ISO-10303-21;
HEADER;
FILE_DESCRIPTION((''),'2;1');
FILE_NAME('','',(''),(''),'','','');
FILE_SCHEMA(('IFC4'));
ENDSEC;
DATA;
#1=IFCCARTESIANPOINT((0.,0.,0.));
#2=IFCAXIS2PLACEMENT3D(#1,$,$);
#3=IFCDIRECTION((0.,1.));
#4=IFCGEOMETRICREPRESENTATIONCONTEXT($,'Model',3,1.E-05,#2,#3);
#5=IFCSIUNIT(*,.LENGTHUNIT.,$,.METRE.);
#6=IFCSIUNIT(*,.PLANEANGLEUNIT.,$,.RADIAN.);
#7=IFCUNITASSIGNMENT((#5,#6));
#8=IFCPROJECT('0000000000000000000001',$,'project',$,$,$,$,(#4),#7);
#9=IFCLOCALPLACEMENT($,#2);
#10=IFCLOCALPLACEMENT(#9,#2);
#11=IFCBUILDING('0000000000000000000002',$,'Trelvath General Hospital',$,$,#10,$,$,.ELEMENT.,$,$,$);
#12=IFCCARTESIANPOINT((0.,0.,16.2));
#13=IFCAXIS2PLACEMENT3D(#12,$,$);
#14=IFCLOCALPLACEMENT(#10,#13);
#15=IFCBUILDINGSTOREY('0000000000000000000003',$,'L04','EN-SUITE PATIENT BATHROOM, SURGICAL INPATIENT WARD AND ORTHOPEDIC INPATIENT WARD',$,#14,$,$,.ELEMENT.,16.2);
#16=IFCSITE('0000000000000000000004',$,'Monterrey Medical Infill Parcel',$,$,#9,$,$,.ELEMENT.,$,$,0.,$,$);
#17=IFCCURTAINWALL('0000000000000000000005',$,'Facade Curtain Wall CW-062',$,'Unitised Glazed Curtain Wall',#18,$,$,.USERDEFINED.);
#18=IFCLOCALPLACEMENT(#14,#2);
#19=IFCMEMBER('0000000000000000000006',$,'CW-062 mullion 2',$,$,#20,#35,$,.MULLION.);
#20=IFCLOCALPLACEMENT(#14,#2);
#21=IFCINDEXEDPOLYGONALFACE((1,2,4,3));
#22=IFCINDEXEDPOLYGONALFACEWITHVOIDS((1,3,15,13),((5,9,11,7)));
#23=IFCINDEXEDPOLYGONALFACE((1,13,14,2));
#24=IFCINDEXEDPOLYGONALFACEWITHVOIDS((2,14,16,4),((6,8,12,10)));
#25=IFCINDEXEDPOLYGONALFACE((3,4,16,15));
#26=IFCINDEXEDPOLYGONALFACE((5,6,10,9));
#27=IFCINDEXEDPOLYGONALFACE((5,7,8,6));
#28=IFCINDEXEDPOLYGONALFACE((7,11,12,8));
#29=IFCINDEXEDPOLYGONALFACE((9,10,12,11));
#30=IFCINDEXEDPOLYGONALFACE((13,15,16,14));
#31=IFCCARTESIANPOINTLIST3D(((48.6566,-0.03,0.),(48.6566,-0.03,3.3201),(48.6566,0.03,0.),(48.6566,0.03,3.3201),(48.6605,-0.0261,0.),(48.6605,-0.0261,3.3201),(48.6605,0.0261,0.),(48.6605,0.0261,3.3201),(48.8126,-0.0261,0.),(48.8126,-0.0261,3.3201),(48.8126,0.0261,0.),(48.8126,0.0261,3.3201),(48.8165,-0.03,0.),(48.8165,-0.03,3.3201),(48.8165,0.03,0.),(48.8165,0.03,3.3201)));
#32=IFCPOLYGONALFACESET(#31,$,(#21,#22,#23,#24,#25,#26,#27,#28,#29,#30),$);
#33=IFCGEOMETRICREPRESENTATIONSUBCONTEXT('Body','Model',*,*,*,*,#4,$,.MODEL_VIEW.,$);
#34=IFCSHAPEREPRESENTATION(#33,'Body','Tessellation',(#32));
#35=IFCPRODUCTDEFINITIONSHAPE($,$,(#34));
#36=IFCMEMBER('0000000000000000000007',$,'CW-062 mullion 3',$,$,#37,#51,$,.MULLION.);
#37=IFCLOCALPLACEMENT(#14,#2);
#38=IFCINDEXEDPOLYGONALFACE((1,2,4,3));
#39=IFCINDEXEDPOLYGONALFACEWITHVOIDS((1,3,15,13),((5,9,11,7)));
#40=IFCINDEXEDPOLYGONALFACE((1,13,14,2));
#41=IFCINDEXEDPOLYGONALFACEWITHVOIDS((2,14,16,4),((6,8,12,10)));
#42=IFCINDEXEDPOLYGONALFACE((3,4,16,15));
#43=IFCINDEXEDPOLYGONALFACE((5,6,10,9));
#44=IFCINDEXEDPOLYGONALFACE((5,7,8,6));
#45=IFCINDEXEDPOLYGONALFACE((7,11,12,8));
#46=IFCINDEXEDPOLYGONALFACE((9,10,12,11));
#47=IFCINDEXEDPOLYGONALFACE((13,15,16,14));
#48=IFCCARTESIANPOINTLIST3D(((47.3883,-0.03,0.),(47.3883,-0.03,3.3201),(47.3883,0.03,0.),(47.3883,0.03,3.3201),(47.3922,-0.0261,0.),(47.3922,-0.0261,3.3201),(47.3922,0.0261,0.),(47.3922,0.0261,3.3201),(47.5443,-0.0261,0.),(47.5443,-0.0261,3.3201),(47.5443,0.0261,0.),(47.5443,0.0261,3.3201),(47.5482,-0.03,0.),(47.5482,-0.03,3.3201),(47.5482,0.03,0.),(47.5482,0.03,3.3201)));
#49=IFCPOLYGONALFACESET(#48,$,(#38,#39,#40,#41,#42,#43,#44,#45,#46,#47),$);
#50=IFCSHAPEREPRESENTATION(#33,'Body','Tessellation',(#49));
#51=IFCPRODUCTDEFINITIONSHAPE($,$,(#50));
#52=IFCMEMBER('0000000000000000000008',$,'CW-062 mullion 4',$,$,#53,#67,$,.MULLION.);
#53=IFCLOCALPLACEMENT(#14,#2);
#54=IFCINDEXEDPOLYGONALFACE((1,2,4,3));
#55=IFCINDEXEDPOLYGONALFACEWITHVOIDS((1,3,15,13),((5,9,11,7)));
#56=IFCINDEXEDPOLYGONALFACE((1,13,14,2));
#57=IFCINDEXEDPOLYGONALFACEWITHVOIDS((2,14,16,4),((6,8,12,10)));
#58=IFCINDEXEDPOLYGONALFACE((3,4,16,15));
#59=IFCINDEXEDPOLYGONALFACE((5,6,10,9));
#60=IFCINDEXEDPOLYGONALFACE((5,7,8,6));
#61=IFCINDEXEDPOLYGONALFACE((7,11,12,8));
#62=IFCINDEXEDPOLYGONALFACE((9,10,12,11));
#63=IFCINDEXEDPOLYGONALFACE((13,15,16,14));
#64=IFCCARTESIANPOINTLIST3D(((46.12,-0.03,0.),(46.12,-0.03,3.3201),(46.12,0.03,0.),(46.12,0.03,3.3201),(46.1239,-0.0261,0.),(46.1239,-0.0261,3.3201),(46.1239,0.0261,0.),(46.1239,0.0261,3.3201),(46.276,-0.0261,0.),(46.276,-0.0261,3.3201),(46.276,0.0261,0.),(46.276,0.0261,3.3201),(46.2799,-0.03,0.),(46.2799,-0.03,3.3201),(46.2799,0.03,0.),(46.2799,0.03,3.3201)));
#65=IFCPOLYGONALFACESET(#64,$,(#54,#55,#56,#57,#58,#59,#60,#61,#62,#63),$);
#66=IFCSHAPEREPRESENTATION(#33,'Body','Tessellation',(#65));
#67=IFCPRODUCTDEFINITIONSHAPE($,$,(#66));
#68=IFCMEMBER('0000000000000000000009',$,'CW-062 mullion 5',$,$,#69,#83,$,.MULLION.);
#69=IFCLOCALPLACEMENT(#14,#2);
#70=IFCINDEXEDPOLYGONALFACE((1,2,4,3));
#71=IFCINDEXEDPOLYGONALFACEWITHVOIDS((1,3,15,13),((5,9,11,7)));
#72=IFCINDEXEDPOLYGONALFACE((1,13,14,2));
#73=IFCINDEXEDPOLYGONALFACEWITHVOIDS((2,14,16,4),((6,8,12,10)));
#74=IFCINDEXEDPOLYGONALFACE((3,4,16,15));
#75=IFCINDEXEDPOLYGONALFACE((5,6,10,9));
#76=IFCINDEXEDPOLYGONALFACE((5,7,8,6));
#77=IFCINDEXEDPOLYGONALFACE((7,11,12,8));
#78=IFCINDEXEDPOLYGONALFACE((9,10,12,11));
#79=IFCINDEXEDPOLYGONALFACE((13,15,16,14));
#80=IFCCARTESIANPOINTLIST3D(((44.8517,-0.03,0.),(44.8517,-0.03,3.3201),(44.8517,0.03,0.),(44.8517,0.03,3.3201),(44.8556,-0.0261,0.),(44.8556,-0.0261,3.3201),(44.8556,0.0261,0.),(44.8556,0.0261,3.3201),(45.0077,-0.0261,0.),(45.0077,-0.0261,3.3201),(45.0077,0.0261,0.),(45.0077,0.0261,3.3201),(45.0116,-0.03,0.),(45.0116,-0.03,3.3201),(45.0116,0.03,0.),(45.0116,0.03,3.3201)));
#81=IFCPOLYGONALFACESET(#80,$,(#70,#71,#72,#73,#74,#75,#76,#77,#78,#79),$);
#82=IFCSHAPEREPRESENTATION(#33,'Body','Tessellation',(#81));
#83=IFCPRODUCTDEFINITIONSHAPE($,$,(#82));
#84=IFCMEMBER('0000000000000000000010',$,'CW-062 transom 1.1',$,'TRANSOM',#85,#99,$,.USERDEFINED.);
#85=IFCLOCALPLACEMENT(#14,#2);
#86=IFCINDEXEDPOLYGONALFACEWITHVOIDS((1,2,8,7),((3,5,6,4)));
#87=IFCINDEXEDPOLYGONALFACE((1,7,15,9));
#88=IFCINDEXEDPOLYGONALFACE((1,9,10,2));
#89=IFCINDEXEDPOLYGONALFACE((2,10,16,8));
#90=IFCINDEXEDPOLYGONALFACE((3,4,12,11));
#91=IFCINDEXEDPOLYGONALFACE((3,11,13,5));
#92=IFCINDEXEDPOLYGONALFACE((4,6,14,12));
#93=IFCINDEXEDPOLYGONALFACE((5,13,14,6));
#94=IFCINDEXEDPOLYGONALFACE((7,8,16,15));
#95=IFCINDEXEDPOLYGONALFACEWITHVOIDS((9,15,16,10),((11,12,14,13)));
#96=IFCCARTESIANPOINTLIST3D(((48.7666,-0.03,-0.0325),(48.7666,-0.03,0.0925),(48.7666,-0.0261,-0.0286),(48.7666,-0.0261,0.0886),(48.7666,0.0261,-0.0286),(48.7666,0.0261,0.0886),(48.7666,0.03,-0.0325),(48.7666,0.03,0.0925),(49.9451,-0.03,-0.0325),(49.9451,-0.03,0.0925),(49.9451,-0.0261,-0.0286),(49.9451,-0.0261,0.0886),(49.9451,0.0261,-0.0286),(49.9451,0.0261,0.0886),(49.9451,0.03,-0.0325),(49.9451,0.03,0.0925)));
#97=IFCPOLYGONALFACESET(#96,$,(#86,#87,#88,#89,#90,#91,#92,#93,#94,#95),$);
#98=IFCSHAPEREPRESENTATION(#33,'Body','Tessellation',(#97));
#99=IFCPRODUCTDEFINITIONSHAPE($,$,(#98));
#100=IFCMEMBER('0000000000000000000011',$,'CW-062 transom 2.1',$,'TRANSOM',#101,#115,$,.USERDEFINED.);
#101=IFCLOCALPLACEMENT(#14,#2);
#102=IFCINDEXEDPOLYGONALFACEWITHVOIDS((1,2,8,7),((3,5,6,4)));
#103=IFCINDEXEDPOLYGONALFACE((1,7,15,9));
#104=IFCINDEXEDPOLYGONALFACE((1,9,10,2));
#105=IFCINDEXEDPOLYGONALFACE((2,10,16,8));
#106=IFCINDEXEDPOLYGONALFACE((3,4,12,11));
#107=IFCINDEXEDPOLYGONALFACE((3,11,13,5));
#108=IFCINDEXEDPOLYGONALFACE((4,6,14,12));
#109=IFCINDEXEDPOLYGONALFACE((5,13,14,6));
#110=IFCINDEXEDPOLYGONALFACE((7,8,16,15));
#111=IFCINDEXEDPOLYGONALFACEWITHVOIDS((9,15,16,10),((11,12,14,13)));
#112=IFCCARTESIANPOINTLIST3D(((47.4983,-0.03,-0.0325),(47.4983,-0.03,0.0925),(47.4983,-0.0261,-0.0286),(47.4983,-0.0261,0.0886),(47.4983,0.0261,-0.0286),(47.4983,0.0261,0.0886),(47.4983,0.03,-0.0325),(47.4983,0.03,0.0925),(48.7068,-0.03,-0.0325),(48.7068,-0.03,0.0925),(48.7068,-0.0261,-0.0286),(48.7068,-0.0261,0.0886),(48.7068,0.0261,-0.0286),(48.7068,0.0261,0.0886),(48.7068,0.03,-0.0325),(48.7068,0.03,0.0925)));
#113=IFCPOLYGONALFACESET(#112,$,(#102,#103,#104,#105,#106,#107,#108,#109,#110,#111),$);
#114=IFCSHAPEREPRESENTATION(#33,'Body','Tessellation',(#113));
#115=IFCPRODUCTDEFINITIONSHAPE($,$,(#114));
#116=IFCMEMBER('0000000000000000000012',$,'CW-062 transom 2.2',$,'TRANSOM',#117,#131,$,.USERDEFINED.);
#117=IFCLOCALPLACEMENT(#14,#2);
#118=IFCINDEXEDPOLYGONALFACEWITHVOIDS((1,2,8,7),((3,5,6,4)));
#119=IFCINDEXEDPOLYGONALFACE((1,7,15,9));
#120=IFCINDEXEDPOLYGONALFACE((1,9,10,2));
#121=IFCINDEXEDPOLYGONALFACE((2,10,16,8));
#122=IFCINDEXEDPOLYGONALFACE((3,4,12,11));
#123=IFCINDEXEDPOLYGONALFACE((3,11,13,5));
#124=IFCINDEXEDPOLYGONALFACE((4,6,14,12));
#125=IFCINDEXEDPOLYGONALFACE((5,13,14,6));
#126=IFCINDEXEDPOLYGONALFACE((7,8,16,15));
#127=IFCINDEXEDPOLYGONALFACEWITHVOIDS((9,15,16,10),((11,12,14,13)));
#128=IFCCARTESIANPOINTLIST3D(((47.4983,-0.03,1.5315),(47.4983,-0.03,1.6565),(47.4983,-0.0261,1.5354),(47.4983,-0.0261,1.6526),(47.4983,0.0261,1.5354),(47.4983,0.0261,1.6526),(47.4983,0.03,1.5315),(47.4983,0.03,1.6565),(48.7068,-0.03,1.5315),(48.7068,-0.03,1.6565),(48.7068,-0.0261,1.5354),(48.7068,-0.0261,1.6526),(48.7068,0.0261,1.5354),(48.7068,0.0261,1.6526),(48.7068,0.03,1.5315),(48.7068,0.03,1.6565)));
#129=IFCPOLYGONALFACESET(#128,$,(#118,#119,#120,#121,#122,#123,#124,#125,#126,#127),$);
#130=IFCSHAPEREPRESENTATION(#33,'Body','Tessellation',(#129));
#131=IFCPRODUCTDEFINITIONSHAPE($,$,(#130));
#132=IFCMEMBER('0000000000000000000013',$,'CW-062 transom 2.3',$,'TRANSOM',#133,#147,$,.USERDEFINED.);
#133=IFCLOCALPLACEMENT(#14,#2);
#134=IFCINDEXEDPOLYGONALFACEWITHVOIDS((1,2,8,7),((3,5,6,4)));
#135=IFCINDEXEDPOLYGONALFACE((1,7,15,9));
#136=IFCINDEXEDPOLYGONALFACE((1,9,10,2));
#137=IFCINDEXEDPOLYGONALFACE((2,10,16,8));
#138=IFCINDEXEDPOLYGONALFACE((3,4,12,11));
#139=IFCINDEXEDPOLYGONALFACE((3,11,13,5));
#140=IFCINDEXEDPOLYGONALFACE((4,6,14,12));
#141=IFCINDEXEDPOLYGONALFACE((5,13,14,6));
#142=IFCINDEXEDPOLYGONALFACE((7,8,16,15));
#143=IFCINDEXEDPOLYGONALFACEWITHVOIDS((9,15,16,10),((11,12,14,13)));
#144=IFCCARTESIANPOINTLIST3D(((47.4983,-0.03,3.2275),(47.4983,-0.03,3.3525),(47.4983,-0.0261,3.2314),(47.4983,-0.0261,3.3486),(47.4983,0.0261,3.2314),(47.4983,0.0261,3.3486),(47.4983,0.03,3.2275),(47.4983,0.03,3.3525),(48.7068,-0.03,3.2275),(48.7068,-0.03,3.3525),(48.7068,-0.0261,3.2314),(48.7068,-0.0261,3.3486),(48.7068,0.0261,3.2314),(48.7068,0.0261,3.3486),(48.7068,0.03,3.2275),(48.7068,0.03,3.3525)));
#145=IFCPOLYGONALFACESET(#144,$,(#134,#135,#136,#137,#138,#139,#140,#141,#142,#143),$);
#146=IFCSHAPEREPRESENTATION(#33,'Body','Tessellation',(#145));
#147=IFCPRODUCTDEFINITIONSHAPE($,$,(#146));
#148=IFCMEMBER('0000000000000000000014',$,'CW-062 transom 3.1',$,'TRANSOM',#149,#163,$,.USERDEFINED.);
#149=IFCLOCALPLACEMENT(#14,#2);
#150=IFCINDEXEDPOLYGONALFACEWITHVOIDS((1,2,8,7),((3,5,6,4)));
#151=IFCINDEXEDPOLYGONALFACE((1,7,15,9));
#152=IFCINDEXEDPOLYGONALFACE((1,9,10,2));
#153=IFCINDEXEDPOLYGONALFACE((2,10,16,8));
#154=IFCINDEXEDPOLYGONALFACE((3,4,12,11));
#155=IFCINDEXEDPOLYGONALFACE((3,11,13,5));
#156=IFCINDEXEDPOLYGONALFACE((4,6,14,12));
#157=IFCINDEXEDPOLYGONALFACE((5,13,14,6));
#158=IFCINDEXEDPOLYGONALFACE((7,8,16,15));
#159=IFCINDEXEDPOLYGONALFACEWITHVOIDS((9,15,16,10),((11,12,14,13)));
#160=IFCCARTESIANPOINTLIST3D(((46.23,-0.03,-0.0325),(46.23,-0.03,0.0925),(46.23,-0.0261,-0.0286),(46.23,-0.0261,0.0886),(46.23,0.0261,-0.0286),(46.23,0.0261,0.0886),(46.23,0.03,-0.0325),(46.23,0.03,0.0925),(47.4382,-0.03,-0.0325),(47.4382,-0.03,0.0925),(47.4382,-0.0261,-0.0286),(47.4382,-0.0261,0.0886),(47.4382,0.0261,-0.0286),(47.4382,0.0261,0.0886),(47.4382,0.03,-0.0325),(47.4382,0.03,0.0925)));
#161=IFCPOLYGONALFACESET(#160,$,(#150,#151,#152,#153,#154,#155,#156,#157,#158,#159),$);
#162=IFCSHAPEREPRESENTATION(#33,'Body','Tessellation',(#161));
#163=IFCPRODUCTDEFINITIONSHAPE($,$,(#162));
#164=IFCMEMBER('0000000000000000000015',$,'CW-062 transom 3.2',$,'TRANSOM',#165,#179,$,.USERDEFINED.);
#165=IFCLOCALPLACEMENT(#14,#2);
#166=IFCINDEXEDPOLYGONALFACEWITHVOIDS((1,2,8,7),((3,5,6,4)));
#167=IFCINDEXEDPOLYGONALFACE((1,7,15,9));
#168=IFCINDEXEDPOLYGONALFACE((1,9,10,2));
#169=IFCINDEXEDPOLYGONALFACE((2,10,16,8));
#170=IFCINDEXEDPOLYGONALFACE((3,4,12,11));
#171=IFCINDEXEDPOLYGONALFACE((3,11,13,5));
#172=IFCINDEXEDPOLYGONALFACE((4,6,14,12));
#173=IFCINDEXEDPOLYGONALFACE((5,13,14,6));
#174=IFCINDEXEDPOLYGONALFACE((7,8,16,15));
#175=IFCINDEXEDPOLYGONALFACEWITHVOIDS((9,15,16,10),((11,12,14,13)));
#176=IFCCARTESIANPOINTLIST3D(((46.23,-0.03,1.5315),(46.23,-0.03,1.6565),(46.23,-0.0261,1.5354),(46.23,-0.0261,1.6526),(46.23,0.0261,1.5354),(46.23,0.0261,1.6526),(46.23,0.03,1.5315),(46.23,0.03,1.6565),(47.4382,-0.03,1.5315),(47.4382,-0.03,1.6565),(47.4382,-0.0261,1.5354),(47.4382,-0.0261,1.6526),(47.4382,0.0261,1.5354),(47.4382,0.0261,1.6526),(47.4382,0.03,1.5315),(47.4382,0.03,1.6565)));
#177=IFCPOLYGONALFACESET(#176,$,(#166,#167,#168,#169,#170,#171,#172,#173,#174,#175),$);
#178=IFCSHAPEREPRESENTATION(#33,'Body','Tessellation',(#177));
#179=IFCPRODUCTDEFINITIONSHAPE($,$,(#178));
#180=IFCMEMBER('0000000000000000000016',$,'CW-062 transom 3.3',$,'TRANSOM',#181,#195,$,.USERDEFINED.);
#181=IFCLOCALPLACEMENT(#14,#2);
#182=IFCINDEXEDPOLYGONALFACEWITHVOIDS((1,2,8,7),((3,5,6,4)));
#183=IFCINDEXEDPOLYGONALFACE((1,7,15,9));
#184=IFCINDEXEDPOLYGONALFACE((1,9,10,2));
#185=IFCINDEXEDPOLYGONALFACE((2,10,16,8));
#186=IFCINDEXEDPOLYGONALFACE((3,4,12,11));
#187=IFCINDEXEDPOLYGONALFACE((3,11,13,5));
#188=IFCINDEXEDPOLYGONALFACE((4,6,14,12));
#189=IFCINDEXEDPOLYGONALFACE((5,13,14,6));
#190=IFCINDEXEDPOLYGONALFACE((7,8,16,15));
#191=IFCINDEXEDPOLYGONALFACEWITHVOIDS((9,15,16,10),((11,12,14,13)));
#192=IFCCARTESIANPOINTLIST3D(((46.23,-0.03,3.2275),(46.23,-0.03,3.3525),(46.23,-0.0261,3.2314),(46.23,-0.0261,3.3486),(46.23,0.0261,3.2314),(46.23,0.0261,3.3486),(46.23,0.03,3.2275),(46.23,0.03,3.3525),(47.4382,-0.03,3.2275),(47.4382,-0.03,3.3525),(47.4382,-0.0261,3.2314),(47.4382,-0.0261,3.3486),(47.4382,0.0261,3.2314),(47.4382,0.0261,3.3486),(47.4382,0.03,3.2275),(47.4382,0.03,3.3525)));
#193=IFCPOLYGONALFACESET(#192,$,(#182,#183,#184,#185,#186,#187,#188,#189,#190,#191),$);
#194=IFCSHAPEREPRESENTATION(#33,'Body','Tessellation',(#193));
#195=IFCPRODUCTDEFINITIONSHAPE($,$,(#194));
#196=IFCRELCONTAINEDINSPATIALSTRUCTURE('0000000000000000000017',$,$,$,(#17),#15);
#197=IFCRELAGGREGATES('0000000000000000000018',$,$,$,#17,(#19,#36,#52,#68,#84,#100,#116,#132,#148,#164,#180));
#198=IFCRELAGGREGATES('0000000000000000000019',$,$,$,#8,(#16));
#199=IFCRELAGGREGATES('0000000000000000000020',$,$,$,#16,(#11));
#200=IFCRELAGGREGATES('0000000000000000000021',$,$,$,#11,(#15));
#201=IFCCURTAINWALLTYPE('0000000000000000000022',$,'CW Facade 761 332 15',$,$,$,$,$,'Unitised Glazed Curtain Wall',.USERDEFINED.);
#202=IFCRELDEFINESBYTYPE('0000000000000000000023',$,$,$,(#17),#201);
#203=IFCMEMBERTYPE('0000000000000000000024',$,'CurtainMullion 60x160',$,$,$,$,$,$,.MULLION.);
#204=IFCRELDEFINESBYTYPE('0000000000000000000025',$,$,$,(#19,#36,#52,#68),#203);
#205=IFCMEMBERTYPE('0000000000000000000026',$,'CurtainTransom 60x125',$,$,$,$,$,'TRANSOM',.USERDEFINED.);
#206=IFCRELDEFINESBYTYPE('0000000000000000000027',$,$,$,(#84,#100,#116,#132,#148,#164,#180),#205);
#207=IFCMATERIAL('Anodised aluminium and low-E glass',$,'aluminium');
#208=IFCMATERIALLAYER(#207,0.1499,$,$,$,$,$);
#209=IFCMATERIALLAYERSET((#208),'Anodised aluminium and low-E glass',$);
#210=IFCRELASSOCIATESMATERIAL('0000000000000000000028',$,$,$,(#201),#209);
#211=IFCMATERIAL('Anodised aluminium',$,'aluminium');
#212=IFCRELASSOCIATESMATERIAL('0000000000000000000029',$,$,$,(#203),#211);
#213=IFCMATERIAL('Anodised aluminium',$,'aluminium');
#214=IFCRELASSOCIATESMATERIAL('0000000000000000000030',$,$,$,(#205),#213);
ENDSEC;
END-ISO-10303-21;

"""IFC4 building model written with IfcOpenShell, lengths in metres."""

from ifc_helpers import new_model, si_unit, direction, frame, origin, origin_2d, place, context, subcontext, project, spatial, hollow_rectangle, extrude, material, layer, layer_set, material_profile, profile_set, type_object, element, aggregate, save


model = new_model("IFC4")

# Units and contexts
model_context = context("Model", 3, precision=1e-05, world=origin(), true_north=direction((0.0, 1.0)))
body_context = subcontext(model_context, "Body", "Model", "MODEL_VIEW")
ifc_project = project(units=[si_unit("LENGTHUNIT", "METRE"), si_unit("PLANEANGLEUNIT", "RADIAN")], contexts=[model_context])

# Site, building, storey
site_placement = place(None, origin())
site = spatial("IfcSite", under=ifc_project, at=site_placement, Name="Monterrey Medical Infill Parcel", CompositionType="ELEMENT", RefElevation=0.0)
building_placement = place(site_placement, origin())
building = spatial("IfcBuilding", under=site, at=building_placement, Name="Trelvath General Hospital", CompositionType="ELEMENT")
storey_placement = place(building_placement, frame((0.0, 0.0, 16.2)))
storey = spatial("IfcBuildingStorey", under=building, at=storey_placement, Name="L04", Description="EN-SUITE PATIENT BATHROOM, SURGICAL INPATIENT WARD AND ORTHOPEDIC INPATIENT WARD", CompositionType="ELEMENT", Elevation=16.2)

# Curtain wall, members
ifc_material_1 = material(Name="Anodised aluminium and low-E glass", Category="aluminium")
ifc_layer_1 = layer(ifc_material_1, 0.1499)
ifc_layer_set_1 = layer_set([ifc_layer_1], Name="Anodised aluminium and low-E glass")
curtain_wall_type = type_object("IfcCurtainWallType", Name="CW Facade 761 332 15", ElementType="Unitised Glazed Curtain Wall", PredefinedType="USERDEFINED", material=ifc_layer_set_1)
curtain_wall_placement = place(storey_placement, origin())
curtain_wall = element("IfcCurtainWall", 1, at=curtain_wall_placement, inside=storey, type_object=curtain_wall_type, Name="Facade Curtain Wall CW-062", ObjectType="Unitised Glazed Curtain Wall", PredefinedType="USERDEFINED")
ifc_material_2 = material(Name="Anodised aluminium", Category="aluminium")
ifc_material_profile_1 = material_profile(ifc_material_2, hollow_rectangle(XDim=0.0601, YDim=0.1599, WallThickness=0.0039, at=origin_2d()), Name="RHS60x160x4")
ifc_profile_set_1 = profile_set([ifc_material_profile_1], Name="Anodised aluminium")
member_type_1 = type_object("IfcMemberType", Name="CurtainMullion 60x160", PredefinedType="MULLION", material=ifc_profile_set_1)
member_1_placement = place(storey_placement, frame((48.7366, 0.0, 0.0), z_axis=(0.0, 0.0, 1.0), x_axis=(0.0, -1.0, 0.0)))
member_1 = element("IfcMember", 2, at=member_1_placement, type_object=member_type_1, Name="CW-062 mullion 2", PredefinedType="MULLION", context=body_context, shape_type="SweptSolid", body=[
    extrude(hollow_rectangle(XDim=0.0601, YDim=0.1599, WallThickness=0.0039, at=origin_2d()), origin(), (0.0, 0.0, 1.0), 3.3201),
])
member_2_placement = place(storey_placement, frame((47.4683, 0.0, 0.0), z_axis=(0.0, 0.0, 1.0), x_axis=(0.0, -1.0, 0.0)))
member_2 = element("IfcMember", 3, at=member_2_placement, type_object=member_type_1, Name="CW-062 mullion 3", PredefinedType="MULLION", context=body_context, shape_type="SweptSolid", body=[
    extrude(hollow_rectangle(XDim=0.0601, YDim=0.1599, WallThickness=0.0039, at=origin_2d()), origin(), (0.0, 0.0, 1.0), 3.3201),
])
member_3_placement = place(storey_placement, frame((46.2, 0.0, 0.0), z_axis=(0.0, 0.0, 1.0), x_axis=(0.0, -1.0, 0.0)))
member_3 = element("IfcMember", 4, at=member_3_placement, type_object=member_type_1, Name="CW-062 mullion 4", PredefinedType="MULLION", context=body_context, shape_type="SweptSolid", body=[
    extrude(hollow_rectangle(XDim=0.0601, YDim=0.1599, WallThickness=0.0039, at=origin_2d()), origin(), (0.0, 0.0, 1.0), 3.3201),
])
member_4_placement = place(storey_placement, frame((44.9316, 0.0, 0.0), z_axis=(0.0, 0.0, 1.0), x_axis=(0.0, -1.0, 0.0)))
member_4 = element("IfcMember", 5, at=member_4_placement, type_object=member_type_1, Name="CW-062 mullion 5", PredefinedType="MULLION", context=body_context, shape_type="SweptSolid", body=[
    extrude(hollow_rectangle(XDim=0.0601, YDim=0.1599, WallThickness=0.0039, at=origin_2d()), origin(), (0.0, 0.0, 1.0), 3.3201),
])
ifc_material_3 = material(Name="Anodised aluminium", Category="aluminium")
ifc_material_profile_2 = material_profile(ifc_material_3, hollow_rectangle(XDim=0.0601, YDim=0.125, WallThickness=0.0039, at=origin_2d()), Name="RHS60x125x4")
ifc_profile_set_2 = profile_set([ifc_material_profile_2], Name="Anodised aluminium")
member_type_2 = type_object("IfcMemberType", Name="CurtainTransom 60x125", ElementType="TRANSOM", PredefinedType="USERDEFINED", material=ifc_profile_set_2)
member_5_placement = place(storey_placement, frame((49.9451, 0.0, 0.03), z_axis=(-1.0, 0.0, 0.0), x_axis=(0.0, -1.0, 0.0)))
member_5 = element("IfcMember", 6, at=member_5_placement, type_object=member_type_2, Name="CW-062 transom 1.1", ObjectType="TRANSOM", PredefinedType="USERDEFINED", context=body_context, shape_type="SweptSolid", body=[
    extrude(hollow_rectangle(XDim=0.0601, YDim=0.125, WallThickness=0.0039, at=origin_2d()), origin(), (0.0, 0.0, 1.0), 1.1785),
])
member_6_placement = place(storey_placement, frame((48.7068, 0.0, 0.03), z_axis=(-1.0, 0.0, 0.0), x_axis=(0.0, -1.0, 0.0)))
member_6 = element("IfcMember", 7, at=member_6_placement, type_object=member_type_2, Name="CW-062 transom 2.1", ObjectType="TRANSOM", PredefinedType="USERDEFINED", context=body_context, shape_type="SweptSolid", body=[
    extrude(hollow_rectangle(XDim=0.0601, YDim=0.125, WallThickness=0.0039, at=origin_2d()), origin(), (0.0, 0.0, 1.0), 1.2085),
])
member_7_placement = place(storey_placement, frame((48.7068, 0.0, 1.594), z_axis=(-1.0, 0.0, 0.0), x_axis=(0.0, -1.0, 0.0)))
member_7 = element("IfcMember", 8, at=member_7_placement, type_object=member_type_2, Name="CW-062 transom 2.2", ObjectType="TRANSOM", PredefinedType="USERDEFINED", context=body_context, shape_type="SweptSolid", body=[
    extrude(hollow_rectangle(XDim=0.0601, YDim=0.125, WallThickness=0.0039, at=origin_2d()), origin(), (0.0, 0.0, 1.0), 1.2085),
])
member_8_placement = place(storey_placement, frame((48.7068, 0.0, 3.29), z_axis=(-1.0, 0.0, 0.0), x_axis=(0.0, -1.0, 0.0)))
member_8 = element("IfcMember", 9, at=member_8_placement, type_object=member_type_2, Name="CW-062 transom 2.3", ObjectType="TRANSOM", PredefinedType="USERDEFINED", context=body_context, shape_type="SweptSolid", body=[
    extrude(hollow_rectangle(XDim=0.0601, YDim=0.125, WallThickness=0.0039, at=origin_2d()), origin(), (0.0, 0.0, 1.0), 1.2085),
])
member_9_placement = place(storey_placement, frame((47.4382, 0.0, 0.03), z_axis=(-1.0, 0.0, 0.0), x_axis=(0.0, -1.0, 0.0)))
member_9 = element("IfcMember", 10, at=member_9_placement, type_object=member_type_2, Name="CW-062 transom 3.1", ObjectType="TRANSOM", PredefinedType="USERDEFINED", context=body_context, shape_type="SweptSolid", body=[
    extrude(hollow_rectangle(XDim=0.0601, YDim=0.125, WallThickness=0.0039, at=origin_2d()), origin(), (0.0, 0.0, 1.0), 1.2083),
])
member_10_placement = place(storey_placement, frame((47.4382, 0.0, 1.594), z_axis=(-1.0, 0.0, 0.0), x_axis=(0.0, -1.0, 0.0)))
member_10 = element("IfcMember", 11, at=member_10_placement, type_object=member_type_2, Name="CW-062 transom 3.2", ObjectType="TRANSOM", PredefinedType="USERDEFINED", context=body_context, shape_type="SweptSolid", body=[
    extrude(hollow_rectangle(XDim=0.0601, YDim=0.125, WallThickness=0.0039, at=origin_2d()), origin(), (0.0, 0.0, 1.0), 1.2083),
])
member_11_placement = place(storey_placement, frame((47.4382, 0.0, 3.29), z_axis=(-1.0, 0.0, 0.0), x_axis=(0.0, -1.0, 0.0)))
member_11 = element("IfcMember", 12, at=member_11_placement, type_object=member_type_2, Name="CW-062 transom 3.3", ObjectType="TRANSOM", PredefinedType="USERDEFINED", context=body_context, shape_type="SweptSolid", body=[
    extrude(hollow_rectangle(XDim=0.0601, YDim=0.125, WallThickness=0.0039, at=origin_2d()), origin(), (0.0, 0.0, 1.0), 1.2083),
])
aggregate(curtain_wall, [member_1, member_2, member_3, member_4, member_5, member_6, member_7, member_8, member_9, member_10, member_11])

save(model, "model.ifc")
